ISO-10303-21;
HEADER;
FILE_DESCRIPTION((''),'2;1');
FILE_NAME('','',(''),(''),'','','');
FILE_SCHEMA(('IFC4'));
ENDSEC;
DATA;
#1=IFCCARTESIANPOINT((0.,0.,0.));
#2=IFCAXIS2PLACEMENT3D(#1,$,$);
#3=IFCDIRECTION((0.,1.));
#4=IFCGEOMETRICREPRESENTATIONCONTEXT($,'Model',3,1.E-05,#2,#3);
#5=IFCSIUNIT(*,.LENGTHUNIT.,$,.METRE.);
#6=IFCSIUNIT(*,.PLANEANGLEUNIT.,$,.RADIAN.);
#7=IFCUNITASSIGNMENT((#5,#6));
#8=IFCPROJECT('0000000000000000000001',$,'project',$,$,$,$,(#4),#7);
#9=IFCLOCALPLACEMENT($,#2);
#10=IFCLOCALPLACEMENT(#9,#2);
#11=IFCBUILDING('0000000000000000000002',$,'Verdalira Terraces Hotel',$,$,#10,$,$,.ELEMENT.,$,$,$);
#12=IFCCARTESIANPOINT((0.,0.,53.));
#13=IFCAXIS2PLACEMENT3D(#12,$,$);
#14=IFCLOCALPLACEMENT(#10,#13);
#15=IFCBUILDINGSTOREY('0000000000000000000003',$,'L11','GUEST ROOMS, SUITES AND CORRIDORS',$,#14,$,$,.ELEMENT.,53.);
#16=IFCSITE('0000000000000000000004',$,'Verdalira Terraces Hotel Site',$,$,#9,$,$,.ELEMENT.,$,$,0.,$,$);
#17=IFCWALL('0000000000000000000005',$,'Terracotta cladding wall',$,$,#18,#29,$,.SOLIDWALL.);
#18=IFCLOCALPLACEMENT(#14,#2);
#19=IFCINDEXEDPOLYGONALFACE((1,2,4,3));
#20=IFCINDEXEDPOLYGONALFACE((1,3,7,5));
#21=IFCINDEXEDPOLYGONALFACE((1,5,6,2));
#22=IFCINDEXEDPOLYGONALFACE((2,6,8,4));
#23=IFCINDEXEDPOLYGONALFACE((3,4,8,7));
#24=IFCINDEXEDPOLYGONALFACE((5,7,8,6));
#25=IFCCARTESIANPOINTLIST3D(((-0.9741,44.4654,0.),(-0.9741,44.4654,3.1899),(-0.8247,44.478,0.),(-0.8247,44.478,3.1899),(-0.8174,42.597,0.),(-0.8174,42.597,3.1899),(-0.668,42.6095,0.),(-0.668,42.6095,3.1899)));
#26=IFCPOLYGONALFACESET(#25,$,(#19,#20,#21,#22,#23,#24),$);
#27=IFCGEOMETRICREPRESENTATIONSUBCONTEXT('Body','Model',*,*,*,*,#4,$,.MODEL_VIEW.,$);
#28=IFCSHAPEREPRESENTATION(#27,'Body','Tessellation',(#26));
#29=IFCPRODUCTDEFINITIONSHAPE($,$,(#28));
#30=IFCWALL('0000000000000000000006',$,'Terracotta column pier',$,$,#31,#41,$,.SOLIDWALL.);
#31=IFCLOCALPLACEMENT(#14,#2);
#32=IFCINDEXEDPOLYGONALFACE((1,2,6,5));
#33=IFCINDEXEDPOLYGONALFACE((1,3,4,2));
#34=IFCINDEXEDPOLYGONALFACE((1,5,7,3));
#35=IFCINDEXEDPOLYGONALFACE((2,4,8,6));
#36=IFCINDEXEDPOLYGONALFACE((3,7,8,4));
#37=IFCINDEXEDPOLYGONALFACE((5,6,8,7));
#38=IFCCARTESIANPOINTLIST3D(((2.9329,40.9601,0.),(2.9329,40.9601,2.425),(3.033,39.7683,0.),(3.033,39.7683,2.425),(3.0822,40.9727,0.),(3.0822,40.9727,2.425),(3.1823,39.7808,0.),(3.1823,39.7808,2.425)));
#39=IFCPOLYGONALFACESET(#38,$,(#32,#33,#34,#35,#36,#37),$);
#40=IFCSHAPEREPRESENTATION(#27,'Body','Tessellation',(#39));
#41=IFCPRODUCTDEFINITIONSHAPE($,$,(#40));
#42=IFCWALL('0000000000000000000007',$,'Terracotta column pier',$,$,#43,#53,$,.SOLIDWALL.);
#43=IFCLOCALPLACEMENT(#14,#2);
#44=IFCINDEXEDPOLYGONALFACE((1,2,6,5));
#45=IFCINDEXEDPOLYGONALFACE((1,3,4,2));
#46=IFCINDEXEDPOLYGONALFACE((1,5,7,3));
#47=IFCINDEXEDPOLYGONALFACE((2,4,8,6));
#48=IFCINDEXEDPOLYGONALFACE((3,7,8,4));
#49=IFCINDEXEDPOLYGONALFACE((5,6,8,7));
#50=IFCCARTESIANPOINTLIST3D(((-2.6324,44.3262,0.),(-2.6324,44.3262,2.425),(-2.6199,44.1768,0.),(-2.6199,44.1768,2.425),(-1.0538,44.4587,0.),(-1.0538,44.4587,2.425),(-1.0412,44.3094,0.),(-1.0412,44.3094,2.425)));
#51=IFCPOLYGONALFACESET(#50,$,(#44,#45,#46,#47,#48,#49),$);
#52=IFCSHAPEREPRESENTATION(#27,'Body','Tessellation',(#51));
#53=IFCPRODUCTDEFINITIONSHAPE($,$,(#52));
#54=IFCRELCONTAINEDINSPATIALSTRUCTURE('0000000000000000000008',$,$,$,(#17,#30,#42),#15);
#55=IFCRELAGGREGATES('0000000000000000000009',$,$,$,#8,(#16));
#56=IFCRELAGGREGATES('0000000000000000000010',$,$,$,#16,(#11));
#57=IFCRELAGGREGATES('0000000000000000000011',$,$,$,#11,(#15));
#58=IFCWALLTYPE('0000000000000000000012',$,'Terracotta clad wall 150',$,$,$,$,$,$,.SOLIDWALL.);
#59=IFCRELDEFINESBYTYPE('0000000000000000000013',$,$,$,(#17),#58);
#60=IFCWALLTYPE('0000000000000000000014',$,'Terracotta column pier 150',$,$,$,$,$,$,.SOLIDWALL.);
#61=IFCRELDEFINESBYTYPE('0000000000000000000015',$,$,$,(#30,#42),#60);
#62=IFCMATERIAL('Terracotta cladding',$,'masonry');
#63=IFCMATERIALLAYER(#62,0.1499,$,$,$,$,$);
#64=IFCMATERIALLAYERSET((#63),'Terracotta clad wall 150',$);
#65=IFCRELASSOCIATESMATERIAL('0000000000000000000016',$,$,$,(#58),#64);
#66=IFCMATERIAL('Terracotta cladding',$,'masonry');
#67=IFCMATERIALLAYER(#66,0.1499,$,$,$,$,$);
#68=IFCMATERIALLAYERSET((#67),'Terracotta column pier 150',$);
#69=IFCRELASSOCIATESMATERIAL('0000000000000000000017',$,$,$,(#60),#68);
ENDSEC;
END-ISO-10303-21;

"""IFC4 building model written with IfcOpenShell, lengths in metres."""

from ifc_helpers import new_model, si_unit, direction, frame, frame_2d, origin, place, context, subcontext, project, spatial, rectangle, extrude, material, layer, layer_set, type_object, element, save


model = new_model("IFC4")

# Units and contexts
model_context = context("Model", 3, precision=1e-05, world=origin(), true_north=direction((0.0, 1.0)))
body_context = subcontext(model_context, "Body", "Model", "MODEL_VIEW")
ifc_project = project(units=[si_unit("LENGTHUNIT", "METRE"), si_unit("PLANEANGLEUNIT", "RADIAN")], contexts=[model_context])

# Site, building, storey
site_placement = place(None, origin())
site = spatial("IfcSite", under=ifc_project, at=site_placement, Name="Verdalira Terraces Hotel Site", CompositionType="ELEMENT", RefElevation=0.0)
building_placement = place(site_placement, origin())
building = spatial("IfcBuilding", under=site, at=building_placement, Name="Verdalira Terraces Hotel", CompositionType="ELEMENT")
storey_placement = place(building_placement, frame((0.0, 0.0, 53.0)))
storey = spatial("IfcBuildingStorey", under=building, at=storey_placement, Name="L11", Description="GUEST ROOMS, SUITES AND CORRIDORS", CompositionType="ELEMENT", Elevation=53.0)

# Walls
ifc_material_1 = material(Name="Terracotta cladding", Category="masonry")
ifc_layer_1 = layer(ifc_material_1, 0.1499)
ifc_layer_set_1 = layer_set([ifc_layer_1], Name="Terracotta clad wall 150")
wall_type_1 = type_object("IfcWallType", Name="Terracotta clad wall 150", PredefinedType="SOLIDWALL", material=ifc_layer_set_1)
wall_1_placement = place(storey_placement, frame((-0.7427, 42.6033, 0.0), z_axis=(0.0, 0.0, 1.0), x_axis=(-0.083595, 0.9965, 0.0)))
element("IfcWall", 1, at=wall_1_placement, inside=storey, type_object=wall_type_1, Name="Terracotta cladding wall", PredefinedType="SOLIDWALL", context=body_context, shape_type="SweptSolid", body=[
    extrude(rectangle(XDim=1.875, YDim=0.1499, at=frame_2d((0.9375, 0.0))), origin(), (0.0, 0.0, 1.0), 3.1899),
])
ifc_material_2 = material(Name="Terracotta cladding", Category="masonry")
ifc_layer_2 = layer(ifc_material_2, 0.1499)
ifc_layer_set_2 = layer_set([ifc_layer_2], Name="Terracotta column pier 150")
wall_type_2 = type_object("IfcWallType", Name="Terracotta column pier 150", PredefinedType="SOLIDWALL", material=ifc_layer_set_2)
wall_2_placement = place(storey_placement, frame((3.1077, 39.7744, 0.0), z_axis=(0.0, 0.0, 1.0), x_axis=(-0.083687, 0.996492, 0.0)))
element("IfcWall", 2, at=wall_2_placement, inside=storey, type_object=wall_type_2, Name="Terracotta column pier", PredefinedType="SOLIDWALL", context=body_context, shape_type="SweptSolid", body=[
    extrude(rectangle(XDim=1.196, YDim=0.1499, at=frame_2d((0.5981, 0.0))), origin(), (0.0, 0.0, 1.0), 2.425),
])
wall_3_placement = place(storey_placement, frame((-1.0476, 44.384, 0.0), z_axis=(0.0, 0.0, 1.0), x_axis=(-0.996492, -0.083683, 0.0)))
element("IfcWall", 3, at=wall_3_placement, inside=storey, type_object=wall_type_2, Name="Terracotta column pier", PredefinedType="SOLIDWALL", context=body_context, shape_type="SweptSolid", body=[
    extrude(rectangle(XDim=1.5842, YDim=0.1499, at=frame_2d((0.792, 0.0))), origin(), (0.0, 0.0, 1.0), 2.425),
])

save(model, "model.ifc")
